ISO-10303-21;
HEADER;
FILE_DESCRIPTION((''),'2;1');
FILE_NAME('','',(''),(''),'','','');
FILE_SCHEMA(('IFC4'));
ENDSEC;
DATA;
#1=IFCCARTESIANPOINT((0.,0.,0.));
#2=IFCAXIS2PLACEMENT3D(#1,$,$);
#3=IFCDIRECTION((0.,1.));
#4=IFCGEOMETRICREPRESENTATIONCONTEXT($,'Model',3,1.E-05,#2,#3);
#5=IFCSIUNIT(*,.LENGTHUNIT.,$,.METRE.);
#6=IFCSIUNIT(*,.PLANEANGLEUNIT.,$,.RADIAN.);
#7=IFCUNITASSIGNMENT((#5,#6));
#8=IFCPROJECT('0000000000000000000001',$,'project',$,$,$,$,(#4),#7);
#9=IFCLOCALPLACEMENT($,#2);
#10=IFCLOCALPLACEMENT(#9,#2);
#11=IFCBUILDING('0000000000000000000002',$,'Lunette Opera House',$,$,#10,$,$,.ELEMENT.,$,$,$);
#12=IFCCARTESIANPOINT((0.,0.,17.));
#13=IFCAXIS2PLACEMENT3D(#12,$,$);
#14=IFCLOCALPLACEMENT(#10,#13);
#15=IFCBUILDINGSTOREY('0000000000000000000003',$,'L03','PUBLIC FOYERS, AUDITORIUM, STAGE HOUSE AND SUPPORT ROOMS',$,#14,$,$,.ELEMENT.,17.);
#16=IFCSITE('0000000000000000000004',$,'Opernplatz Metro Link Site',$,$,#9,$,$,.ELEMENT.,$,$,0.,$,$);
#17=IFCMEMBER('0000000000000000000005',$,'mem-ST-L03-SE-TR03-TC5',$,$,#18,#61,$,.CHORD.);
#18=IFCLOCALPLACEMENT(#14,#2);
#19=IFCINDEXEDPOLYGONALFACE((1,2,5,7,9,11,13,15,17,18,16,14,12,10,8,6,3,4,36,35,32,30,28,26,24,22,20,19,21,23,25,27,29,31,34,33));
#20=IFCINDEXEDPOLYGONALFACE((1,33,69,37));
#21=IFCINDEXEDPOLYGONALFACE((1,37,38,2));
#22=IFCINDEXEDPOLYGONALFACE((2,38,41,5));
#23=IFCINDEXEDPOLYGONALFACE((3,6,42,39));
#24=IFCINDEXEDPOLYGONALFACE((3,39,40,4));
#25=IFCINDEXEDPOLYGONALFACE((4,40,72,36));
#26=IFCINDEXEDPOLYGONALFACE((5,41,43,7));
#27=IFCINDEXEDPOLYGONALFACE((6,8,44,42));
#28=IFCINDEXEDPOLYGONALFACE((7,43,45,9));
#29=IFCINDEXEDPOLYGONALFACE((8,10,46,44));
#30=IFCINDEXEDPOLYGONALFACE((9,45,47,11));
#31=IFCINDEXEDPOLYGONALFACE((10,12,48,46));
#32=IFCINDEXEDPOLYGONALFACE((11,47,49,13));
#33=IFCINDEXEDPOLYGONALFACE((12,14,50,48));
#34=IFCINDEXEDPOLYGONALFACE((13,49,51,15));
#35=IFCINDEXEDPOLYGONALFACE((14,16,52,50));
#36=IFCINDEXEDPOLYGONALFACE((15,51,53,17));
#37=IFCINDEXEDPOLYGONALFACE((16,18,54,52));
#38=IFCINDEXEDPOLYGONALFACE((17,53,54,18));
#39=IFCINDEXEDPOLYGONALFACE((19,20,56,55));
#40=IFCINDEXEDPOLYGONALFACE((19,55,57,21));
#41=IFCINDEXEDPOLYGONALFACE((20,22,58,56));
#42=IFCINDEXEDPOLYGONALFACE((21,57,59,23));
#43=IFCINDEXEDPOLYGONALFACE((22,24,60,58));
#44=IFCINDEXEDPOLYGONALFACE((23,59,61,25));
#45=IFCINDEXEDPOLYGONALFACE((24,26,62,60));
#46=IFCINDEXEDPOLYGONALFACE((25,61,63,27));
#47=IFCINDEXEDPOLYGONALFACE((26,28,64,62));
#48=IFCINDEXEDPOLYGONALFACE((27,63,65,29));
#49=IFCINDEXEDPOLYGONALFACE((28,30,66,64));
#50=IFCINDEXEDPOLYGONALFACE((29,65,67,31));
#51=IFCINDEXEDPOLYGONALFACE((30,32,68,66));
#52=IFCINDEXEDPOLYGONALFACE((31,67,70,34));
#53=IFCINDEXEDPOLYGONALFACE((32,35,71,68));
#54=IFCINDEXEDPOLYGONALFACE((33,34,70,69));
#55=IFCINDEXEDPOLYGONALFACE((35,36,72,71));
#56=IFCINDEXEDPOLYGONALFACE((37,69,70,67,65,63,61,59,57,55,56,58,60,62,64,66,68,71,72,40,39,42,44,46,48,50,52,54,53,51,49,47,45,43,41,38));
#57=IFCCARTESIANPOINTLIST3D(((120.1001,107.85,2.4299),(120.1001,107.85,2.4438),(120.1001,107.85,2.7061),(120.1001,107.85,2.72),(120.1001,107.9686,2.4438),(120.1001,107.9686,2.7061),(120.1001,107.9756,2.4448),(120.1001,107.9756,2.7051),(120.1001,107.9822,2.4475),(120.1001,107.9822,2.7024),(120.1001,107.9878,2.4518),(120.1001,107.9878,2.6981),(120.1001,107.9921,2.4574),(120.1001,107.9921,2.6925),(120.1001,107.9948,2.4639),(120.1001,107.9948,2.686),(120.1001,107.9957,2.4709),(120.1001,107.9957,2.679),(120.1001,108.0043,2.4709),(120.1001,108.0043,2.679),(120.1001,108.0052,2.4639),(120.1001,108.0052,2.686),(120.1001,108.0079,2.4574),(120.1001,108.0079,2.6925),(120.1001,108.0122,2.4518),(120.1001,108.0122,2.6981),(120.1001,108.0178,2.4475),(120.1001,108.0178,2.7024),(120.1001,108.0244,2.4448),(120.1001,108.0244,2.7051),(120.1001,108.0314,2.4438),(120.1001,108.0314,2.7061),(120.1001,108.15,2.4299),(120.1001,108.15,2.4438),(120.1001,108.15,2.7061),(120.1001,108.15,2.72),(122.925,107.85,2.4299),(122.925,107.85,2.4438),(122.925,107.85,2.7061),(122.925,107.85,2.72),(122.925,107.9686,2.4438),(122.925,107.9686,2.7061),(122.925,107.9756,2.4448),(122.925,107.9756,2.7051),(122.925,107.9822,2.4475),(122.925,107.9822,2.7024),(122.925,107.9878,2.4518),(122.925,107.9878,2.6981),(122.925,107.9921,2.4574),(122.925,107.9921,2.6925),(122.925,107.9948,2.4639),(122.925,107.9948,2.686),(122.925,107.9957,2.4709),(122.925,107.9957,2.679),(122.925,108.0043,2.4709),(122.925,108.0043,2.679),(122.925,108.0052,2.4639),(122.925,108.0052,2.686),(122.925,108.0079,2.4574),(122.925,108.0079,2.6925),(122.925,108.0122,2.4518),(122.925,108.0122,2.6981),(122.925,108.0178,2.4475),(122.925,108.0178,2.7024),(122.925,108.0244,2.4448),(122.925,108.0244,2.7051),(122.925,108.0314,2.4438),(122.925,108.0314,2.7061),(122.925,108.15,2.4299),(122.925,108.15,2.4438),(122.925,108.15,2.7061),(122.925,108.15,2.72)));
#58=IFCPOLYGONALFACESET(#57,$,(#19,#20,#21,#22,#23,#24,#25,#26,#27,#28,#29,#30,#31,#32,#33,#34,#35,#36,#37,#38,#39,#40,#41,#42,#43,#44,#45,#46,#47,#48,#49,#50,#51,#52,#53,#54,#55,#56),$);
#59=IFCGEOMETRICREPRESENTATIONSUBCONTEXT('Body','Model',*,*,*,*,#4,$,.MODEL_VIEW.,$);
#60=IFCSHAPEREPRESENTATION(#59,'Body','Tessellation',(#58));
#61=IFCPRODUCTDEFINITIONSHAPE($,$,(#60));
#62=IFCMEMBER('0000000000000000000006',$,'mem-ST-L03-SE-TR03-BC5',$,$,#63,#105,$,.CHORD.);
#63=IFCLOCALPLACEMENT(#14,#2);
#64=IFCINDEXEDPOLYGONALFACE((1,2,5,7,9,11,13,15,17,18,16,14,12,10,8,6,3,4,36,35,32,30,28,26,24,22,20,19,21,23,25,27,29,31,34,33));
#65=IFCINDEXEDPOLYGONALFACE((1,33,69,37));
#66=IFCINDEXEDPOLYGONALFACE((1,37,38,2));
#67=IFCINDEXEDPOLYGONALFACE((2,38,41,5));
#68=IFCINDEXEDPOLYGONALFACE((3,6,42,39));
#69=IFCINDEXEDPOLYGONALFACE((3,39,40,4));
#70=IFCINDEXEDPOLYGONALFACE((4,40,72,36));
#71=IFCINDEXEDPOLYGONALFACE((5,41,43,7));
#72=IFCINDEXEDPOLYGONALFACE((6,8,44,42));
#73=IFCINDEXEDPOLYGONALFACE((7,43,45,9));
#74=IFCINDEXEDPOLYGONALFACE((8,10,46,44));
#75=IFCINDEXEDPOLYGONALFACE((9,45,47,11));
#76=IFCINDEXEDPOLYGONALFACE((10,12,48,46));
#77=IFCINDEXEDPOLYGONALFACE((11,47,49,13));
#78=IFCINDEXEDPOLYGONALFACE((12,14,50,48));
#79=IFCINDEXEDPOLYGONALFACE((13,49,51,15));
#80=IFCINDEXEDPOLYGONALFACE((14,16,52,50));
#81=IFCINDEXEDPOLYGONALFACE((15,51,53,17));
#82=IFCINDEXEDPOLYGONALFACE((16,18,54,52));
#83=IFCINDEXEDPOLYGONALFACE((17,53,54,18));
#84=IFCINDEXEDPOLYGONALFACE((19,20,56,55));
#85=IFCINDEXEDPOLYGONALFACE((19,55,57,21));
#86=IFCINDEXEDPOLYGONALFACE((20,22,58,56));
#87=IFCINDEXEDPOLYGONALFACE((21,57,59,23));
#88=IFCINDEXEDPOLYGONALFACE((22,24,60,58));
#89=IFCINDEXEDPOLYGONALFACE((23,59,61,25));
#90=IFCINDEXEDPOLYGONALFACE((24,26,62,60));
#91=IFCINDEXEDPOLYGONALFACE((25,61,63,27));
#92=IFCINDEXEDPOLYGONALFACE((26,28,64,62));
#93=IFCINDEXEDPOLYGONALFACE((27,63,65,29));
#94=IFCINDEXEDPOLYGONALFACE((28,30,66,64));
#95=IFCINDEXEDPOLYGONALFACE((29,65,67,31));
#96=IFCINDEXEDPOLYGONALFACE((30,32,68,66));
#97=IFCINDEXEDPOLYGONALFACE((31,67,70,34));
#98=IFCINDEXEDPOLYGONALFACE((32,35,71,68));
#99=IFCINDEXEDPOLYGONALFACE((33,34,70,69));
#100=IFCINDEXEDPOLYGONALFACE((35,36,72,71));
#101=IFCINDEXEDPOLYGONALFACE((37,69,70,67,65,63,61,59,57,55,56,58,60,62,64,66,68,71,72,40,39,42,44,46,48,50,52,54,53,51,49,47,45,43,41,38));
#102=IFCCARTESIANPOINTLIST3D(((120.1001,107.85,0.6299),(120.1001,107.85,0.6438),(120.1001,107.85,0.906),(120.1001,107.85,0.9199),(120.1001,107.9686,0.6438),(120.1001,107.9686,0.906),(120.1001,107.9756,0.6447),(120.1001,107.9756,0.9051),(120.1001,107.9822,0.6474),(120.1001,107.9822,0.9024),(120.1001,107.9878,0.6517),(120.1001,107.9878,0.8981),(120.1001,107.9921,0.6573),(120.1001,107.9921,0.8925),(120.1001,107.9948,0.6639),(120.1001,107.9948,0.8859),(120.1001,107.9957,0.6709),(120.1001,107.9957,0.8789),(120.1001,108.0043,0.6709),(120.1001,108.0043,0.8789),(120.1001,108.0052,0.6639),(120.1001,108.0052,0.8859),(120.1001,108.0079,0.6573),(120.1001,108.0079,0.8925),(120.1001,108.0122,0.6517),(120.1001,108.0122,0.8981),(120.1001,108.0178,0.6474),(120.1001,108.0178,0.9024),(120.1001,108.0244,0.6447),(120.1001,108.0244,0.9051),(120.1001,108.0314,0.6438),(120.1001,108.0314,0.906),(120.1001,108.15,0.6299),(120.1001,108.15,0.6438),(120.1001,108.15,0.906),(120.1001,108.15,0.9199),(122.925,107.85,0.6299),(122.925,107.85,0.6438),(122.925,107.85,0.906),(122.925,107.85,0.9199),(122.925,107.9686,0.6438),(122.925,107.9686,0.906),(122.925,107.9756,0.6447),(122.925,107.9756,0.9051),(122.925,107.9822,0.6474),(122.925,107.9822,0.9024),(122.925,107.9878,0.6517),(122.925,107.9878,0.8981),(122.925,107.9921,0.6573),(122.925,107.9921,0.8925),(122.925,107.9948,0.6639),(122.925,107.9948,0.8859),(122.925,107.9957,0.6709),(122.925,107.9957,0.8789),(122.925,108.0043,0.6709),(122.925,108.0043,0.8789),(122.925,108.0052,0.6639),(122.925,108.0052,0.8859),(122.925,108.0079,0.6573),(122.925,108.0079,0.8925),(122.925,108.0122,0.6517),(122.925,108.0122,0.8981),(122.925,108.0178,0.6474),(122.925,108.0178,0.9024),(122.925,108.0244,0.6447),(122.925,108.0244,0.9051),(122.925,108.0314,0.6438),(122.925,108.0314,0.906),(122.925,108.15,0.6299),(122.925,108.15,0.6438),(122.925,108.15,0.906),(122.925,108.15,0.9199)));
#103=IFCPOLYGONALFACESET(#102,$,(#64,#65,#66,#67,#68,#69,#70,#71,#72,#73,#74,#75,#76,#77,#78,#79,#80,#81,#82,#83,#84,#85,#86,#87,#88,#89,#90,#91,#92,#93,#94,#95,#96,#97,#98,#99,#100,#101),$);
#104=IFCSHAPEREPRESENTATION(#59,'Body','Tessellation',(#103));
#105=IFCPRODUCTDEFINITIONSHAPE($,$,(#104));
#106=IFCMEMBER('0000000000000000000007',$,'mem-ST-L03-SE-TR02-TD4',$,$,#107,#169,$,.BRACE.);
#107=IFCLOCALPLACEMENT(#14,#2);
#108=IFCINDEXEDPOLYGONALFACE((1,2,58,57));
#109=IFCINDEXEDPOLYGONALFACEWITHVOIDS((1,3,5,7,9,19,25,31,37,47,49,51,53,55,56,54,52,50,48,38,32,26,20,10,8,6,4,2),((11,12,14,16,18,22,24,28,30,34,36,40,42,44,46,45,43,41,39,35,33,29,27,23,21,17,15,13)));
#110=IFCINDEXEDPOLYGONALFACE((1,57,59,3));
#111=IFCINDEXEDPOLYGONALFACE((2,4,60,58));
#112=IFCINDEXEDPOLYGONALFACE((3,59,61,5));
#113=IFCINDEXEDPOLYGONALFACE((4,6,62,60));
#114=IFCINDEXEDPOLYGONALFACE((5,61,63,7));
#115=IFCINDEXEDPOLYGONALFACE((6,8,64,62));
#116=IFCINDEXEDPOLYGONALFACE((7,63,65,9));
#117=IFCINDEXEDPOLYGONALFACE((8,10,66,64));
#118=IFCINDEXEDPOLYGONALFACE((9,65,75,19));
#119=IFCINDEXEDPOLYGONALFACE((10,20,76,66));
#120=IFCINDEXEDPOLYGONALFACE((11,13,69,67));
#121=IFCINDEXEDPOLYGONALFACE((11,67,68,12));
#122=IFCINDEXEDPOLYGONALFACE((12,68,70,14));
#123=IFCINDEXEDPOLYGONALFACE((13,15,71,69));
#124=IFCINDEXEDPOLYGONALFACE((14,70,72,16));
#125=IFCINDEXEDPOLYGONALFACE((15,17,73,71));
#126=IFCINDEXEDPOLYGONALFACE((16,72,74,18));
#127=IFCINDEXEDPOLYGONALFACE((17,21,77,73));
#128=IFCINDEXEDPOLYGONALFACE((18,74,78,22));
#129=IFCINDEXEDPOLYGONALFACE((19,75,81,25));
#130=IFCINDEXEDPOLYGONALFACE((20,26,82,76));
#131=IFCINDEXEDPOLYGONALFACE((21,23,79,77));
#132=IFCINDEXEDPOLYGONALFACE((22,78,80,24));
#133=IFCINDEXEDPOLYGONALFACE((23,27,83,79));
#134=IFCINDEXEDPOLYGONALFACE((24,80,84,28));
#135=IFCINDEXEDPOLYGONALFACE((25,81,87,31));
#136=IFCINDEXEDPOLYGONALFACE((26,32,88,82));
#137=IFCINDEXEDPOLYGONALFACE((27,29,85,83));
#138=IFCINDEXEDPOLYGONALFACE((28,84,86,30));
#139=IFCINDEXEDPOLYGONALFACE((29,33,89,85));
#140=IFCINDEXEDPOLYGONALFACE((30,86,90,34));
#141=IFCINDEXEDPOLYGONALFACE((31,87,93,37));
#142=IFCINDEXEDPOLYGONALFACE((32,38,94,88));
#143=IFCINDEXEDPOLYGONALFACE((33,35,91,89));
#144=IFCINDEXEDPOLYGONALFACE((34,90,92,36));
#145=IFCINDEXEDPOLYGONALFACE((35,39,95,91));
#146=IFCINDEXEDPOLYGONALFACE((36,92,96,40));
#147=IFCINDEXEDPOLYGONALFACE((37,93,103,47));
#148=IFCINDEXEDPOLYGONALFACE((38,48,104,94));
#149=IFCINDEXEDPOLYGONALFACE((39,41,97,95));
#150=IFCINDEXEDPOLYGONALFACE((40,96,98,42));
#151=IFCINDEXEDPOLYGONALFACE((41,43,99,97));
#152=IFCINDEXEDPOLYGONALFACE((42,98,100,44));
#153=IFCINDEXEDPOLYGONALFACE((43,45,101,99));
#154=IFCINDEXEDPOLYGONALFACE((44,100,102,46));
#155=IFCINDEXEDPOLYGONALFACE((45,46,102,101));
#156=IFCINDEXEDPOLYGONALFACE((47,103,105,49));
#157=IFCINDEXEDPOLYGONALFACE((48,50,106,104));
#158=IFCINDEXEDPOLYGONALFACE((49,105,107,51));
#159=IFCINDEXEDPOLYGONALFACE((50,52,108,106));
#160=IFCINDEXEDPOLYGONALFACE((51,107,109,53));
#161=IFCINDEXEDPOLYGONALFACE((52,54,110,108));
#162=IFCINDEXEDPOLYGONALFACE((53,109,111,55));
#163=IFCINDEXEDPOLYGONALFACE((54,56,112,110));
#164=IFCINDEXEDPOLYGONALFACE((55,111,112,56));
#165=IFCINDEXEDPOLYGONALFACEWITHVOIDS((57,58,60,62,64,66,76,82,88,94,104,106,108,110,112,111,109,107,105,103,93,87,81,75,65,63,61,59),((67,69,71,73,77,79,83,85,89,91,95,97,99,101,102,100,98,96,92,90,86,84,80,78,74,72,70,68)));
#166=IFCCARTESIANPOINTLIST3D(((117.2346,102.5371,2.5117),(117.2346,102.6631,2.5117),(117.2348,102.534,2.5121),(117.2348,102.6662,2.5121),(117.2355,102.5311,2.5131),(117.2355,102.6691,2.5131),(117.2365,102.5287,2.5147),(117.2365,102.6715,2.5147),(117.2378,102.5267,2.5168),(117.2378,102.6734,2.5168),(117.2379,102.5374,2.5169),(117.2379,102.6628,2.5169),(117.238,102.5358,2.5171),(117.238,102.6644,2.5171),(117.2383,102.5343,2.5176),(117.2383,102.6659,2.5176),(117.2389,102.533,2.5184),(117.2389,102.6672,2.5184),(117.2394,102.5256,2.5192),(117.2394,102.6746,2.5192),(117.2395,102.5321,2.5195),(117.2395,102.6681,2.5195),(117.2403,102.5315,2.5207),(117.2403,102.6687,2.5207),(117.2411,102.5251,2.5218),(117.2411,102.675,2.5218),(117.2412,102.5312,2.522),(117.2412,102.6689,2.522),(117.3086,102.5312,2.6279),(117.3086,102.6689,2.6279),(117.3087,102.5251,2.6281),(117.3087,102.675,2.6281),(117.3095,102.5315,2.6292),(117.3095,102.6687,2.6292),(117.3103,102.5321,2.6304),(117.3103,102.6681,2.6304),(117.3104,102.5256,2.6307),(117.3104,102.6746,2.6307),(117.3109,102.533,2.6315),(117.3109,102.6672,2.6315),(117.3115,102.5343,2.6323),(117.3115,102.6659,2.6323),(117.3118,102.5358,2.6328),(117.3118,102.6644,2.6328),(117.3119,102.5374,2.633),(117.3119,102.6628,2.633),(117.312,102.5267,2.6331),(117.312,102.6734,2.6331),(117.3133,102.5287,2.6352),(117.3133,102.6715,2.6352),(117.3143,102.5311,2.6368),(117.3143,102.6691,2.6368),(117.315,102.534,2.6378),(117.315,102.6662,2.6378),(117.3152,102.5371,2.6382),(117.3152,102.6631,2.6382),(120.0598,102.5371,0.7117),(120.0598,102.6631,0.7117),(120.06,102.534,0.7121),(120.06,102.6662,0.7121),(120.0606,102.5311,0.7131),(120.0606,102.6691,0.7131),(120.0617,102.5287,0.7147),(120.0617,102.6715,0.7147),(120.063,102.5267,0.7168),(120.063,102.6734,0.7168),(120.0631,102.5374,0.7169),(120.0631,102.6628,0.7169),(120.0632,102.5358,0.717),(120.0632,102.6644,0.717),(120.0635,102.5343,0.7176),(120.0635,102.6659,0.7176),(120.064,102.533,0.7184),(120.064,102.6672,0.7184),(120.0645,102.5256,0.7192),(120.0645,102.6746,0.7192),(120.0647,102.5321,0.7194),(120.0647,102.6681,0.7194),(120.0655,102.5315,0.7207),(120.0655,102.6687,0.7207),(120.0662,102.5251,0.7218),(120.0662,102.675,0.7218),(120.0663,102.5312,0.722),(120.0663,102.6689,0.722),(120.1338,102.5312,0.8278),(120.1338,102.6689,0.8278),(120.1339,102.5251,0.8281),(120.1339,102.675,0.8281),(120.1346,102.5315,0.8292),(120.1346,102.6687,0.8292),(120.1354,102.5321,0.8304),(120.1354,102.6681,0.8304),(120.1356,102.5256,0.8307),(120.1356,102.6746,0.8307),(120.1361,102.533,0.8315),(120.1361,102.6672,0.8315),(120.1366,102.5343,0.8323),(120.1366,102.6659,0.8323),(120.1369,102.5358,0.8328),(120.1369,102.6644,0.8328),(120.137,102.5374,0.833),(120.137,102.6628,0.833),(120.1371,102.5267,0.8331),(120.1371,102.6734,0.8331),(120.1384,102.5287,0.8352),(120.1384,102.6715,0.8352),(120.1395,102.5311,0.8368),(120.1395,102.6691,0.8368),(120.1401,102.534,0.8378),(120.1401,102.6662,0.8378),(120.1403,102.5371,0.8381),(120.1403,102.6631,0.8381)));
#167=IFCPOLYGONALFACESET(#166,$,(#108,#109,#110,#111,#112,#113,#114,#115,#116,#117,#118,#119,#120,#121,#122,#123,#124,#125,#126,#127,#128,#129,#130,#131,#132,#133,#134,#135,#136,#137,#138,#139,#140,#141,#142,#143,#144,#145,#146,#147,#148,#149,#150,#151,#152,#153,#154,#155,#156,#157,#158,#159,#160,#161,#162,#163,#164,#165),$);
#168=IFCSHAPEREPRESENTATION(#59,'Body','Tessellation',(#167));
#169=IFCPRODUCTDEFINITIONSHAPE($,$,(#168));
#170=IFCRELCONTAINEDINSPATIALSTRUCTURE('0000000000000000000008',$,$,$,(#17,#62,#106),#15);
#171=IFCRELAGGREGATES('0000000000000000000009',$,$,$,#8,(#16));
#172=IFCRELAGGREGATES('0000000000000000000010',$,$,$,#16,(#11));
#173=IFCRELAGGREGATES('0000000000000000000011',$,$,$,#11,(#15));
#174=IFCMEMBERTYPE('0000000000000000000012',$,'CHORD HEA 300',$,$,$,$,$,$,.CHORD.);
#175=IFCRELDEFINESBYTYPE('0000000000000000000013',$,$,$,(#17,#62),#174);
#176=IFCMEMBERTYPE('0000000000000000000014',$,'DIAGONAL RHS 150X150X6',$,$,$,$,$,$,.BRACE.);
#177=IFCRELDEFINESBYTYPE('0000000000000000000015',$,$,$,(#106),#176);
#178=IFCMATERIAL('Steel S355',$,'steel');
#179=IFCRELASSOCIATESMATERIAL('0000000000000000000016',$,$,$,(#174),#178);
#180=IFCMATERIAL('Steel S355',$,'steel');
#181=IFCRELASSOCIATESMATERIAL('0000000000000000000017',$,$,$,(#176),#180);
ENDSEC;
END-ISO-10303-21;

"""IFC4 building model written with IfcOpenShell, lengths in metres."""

from ifc_helpers import new_model, si_unit, direction, frame, origin, origin_2d, place, context, subcontext, project, spatial, hollow_rectangle, i_section, extrude, material, material_profile, profile_set, type_object, element, save


model = new_model("IFC4")

# Units and contexts
model_context = context("Model", 3, precision=1e-05, world=origin(), true_north=direction((0.0, 1.0)))
body_context = subcontext(model_context, "Body", "Model", "MODEL_VIEW")
ifc_project = project(units=[si_unit("LENGTHUNIT", "METRE"), si_unit("PLANEANGLEUNIT", "RADIAN")], contexts=[model_context])

# Site, building, storey
site_placement = place(None, origin())
site = spatial("IfcSite", under=ifc_project, at=site_placement, Name="Opernplatz Metro Link Site", CompositionType="ELEMENT", RefElevation=0.0)
building_placement = place(site_placement, origin())
building = spatial("IfcBuilding", under=site, at=building_placement, Name="Lunette Opera House", CompositionType="ELEMENT")
storey_placement = place(building_placement, frame((0.0, 0.0, 17.0)))
storey = spatial("IfcBuildingStorey", under=building, at=storey_placement, Name="L03", Description="PUBLIC FOYERS, AUDITORIUM, STAGE HOUSE AND SUPPORT ROOMS", CompositionType="ELEMENT", Elevation=17.0)

# Members
ifc_material_1 = material(Name="Steel S355", Category="steel")
ifc_material_profile_1 = material_profile(ifc_material_1, i_section(OverallWidth=0.3, OverallDepth=0.29, WebThickness=0.0085, FlangeThickness=0.0139, FilletRadius=0.0271, at=origin_2d()), Name="HEA 300")
ifc_profile_set_1 = profile_set([ifc_material_profile_1], Name="Steel S355")
member_type_1 = type_object("IfcMemberType", Name="CHORD HEA 300", PredefinedType="CHORD", material=ifc_profile_set_1)
for number, where, z_axis, x_axis, name in (
    (1, (120.1001, 108.0, 2.575), (1.0, 0.0, 0.0), (0.0, 1.0, 0.0), "mem-ST-L03-SE-TR03-TC5"),
    (2, (120.1001, 108.0, 0.7749), (1.0, 0.0, 0.0), (0.0, 1.0, 0.0), "mem-ST-L03-SE-TR03-BC5"),
):
    element("IfcMember", number, at=place(storey_placement, frame(where, z_axis=z_axis, x_axis=x_axis)), inside=storey, type_object=member_type_1, Name=name, PredefinedType="CHORD", context=body_context, shape_type="SweptSolid", body=[
        extrude(i_section(OverallWidth=0.3, OverallDepth=0.29, WebThickness=0.0085, FlangeThickness=0.0139, FilletRadius=0.0271, at=origin_2d()), origin(), (0.0, 0.0, 1.0), 2.825),
    ])
ifc_material_2 = material(Name="Steel S355", Category="steel")
ifc_material_profile_2 = material_profile(ifc_material_2, hollow_rectangle(XDim=0.1499, YDim=0.1499, WallThickness=0.0061, InnerFilletRadius=0.0061, OuterFilletRadius=0.012, at=origin_2d()), Name="RHS 150X150X6")
ifc_profile_set_2 = profile_set([ifc_material_profile_2], Name="Steel S355")
member_type_2 = type_object("IfcMemberType", Name="DIAGONAL RHS 150X150X6", PredefinedType="BRACE", material=ifc_profile_set_2)
member_1_placement = place(storey_placement, frame((117.2749, 102.6001, 2.575), z_axis=(0.843364, 0.0, -0.537342), x_axis=(0.0, 1.0, 0.0)))
element("IfcMember", 3, at=member_1_placement, inside=storey, type_object=member_type_2, Name="mem-ST-L03-SE-TR02-TD4", PredefinedType="BRACE", context=body_context, shape_type="SweptSolid", body=[
    extrude(hollow_rectangle(XDim=0.1499, YDim=0.1499, WallThickness=0.0061, InnerFilletRadius=0.0061, OuterFilletRadius=0.012, at=origin_2d()), origin(), (0.0, 0.0, 1.0), 3.3499),
])

save(model, "model.ifc")
